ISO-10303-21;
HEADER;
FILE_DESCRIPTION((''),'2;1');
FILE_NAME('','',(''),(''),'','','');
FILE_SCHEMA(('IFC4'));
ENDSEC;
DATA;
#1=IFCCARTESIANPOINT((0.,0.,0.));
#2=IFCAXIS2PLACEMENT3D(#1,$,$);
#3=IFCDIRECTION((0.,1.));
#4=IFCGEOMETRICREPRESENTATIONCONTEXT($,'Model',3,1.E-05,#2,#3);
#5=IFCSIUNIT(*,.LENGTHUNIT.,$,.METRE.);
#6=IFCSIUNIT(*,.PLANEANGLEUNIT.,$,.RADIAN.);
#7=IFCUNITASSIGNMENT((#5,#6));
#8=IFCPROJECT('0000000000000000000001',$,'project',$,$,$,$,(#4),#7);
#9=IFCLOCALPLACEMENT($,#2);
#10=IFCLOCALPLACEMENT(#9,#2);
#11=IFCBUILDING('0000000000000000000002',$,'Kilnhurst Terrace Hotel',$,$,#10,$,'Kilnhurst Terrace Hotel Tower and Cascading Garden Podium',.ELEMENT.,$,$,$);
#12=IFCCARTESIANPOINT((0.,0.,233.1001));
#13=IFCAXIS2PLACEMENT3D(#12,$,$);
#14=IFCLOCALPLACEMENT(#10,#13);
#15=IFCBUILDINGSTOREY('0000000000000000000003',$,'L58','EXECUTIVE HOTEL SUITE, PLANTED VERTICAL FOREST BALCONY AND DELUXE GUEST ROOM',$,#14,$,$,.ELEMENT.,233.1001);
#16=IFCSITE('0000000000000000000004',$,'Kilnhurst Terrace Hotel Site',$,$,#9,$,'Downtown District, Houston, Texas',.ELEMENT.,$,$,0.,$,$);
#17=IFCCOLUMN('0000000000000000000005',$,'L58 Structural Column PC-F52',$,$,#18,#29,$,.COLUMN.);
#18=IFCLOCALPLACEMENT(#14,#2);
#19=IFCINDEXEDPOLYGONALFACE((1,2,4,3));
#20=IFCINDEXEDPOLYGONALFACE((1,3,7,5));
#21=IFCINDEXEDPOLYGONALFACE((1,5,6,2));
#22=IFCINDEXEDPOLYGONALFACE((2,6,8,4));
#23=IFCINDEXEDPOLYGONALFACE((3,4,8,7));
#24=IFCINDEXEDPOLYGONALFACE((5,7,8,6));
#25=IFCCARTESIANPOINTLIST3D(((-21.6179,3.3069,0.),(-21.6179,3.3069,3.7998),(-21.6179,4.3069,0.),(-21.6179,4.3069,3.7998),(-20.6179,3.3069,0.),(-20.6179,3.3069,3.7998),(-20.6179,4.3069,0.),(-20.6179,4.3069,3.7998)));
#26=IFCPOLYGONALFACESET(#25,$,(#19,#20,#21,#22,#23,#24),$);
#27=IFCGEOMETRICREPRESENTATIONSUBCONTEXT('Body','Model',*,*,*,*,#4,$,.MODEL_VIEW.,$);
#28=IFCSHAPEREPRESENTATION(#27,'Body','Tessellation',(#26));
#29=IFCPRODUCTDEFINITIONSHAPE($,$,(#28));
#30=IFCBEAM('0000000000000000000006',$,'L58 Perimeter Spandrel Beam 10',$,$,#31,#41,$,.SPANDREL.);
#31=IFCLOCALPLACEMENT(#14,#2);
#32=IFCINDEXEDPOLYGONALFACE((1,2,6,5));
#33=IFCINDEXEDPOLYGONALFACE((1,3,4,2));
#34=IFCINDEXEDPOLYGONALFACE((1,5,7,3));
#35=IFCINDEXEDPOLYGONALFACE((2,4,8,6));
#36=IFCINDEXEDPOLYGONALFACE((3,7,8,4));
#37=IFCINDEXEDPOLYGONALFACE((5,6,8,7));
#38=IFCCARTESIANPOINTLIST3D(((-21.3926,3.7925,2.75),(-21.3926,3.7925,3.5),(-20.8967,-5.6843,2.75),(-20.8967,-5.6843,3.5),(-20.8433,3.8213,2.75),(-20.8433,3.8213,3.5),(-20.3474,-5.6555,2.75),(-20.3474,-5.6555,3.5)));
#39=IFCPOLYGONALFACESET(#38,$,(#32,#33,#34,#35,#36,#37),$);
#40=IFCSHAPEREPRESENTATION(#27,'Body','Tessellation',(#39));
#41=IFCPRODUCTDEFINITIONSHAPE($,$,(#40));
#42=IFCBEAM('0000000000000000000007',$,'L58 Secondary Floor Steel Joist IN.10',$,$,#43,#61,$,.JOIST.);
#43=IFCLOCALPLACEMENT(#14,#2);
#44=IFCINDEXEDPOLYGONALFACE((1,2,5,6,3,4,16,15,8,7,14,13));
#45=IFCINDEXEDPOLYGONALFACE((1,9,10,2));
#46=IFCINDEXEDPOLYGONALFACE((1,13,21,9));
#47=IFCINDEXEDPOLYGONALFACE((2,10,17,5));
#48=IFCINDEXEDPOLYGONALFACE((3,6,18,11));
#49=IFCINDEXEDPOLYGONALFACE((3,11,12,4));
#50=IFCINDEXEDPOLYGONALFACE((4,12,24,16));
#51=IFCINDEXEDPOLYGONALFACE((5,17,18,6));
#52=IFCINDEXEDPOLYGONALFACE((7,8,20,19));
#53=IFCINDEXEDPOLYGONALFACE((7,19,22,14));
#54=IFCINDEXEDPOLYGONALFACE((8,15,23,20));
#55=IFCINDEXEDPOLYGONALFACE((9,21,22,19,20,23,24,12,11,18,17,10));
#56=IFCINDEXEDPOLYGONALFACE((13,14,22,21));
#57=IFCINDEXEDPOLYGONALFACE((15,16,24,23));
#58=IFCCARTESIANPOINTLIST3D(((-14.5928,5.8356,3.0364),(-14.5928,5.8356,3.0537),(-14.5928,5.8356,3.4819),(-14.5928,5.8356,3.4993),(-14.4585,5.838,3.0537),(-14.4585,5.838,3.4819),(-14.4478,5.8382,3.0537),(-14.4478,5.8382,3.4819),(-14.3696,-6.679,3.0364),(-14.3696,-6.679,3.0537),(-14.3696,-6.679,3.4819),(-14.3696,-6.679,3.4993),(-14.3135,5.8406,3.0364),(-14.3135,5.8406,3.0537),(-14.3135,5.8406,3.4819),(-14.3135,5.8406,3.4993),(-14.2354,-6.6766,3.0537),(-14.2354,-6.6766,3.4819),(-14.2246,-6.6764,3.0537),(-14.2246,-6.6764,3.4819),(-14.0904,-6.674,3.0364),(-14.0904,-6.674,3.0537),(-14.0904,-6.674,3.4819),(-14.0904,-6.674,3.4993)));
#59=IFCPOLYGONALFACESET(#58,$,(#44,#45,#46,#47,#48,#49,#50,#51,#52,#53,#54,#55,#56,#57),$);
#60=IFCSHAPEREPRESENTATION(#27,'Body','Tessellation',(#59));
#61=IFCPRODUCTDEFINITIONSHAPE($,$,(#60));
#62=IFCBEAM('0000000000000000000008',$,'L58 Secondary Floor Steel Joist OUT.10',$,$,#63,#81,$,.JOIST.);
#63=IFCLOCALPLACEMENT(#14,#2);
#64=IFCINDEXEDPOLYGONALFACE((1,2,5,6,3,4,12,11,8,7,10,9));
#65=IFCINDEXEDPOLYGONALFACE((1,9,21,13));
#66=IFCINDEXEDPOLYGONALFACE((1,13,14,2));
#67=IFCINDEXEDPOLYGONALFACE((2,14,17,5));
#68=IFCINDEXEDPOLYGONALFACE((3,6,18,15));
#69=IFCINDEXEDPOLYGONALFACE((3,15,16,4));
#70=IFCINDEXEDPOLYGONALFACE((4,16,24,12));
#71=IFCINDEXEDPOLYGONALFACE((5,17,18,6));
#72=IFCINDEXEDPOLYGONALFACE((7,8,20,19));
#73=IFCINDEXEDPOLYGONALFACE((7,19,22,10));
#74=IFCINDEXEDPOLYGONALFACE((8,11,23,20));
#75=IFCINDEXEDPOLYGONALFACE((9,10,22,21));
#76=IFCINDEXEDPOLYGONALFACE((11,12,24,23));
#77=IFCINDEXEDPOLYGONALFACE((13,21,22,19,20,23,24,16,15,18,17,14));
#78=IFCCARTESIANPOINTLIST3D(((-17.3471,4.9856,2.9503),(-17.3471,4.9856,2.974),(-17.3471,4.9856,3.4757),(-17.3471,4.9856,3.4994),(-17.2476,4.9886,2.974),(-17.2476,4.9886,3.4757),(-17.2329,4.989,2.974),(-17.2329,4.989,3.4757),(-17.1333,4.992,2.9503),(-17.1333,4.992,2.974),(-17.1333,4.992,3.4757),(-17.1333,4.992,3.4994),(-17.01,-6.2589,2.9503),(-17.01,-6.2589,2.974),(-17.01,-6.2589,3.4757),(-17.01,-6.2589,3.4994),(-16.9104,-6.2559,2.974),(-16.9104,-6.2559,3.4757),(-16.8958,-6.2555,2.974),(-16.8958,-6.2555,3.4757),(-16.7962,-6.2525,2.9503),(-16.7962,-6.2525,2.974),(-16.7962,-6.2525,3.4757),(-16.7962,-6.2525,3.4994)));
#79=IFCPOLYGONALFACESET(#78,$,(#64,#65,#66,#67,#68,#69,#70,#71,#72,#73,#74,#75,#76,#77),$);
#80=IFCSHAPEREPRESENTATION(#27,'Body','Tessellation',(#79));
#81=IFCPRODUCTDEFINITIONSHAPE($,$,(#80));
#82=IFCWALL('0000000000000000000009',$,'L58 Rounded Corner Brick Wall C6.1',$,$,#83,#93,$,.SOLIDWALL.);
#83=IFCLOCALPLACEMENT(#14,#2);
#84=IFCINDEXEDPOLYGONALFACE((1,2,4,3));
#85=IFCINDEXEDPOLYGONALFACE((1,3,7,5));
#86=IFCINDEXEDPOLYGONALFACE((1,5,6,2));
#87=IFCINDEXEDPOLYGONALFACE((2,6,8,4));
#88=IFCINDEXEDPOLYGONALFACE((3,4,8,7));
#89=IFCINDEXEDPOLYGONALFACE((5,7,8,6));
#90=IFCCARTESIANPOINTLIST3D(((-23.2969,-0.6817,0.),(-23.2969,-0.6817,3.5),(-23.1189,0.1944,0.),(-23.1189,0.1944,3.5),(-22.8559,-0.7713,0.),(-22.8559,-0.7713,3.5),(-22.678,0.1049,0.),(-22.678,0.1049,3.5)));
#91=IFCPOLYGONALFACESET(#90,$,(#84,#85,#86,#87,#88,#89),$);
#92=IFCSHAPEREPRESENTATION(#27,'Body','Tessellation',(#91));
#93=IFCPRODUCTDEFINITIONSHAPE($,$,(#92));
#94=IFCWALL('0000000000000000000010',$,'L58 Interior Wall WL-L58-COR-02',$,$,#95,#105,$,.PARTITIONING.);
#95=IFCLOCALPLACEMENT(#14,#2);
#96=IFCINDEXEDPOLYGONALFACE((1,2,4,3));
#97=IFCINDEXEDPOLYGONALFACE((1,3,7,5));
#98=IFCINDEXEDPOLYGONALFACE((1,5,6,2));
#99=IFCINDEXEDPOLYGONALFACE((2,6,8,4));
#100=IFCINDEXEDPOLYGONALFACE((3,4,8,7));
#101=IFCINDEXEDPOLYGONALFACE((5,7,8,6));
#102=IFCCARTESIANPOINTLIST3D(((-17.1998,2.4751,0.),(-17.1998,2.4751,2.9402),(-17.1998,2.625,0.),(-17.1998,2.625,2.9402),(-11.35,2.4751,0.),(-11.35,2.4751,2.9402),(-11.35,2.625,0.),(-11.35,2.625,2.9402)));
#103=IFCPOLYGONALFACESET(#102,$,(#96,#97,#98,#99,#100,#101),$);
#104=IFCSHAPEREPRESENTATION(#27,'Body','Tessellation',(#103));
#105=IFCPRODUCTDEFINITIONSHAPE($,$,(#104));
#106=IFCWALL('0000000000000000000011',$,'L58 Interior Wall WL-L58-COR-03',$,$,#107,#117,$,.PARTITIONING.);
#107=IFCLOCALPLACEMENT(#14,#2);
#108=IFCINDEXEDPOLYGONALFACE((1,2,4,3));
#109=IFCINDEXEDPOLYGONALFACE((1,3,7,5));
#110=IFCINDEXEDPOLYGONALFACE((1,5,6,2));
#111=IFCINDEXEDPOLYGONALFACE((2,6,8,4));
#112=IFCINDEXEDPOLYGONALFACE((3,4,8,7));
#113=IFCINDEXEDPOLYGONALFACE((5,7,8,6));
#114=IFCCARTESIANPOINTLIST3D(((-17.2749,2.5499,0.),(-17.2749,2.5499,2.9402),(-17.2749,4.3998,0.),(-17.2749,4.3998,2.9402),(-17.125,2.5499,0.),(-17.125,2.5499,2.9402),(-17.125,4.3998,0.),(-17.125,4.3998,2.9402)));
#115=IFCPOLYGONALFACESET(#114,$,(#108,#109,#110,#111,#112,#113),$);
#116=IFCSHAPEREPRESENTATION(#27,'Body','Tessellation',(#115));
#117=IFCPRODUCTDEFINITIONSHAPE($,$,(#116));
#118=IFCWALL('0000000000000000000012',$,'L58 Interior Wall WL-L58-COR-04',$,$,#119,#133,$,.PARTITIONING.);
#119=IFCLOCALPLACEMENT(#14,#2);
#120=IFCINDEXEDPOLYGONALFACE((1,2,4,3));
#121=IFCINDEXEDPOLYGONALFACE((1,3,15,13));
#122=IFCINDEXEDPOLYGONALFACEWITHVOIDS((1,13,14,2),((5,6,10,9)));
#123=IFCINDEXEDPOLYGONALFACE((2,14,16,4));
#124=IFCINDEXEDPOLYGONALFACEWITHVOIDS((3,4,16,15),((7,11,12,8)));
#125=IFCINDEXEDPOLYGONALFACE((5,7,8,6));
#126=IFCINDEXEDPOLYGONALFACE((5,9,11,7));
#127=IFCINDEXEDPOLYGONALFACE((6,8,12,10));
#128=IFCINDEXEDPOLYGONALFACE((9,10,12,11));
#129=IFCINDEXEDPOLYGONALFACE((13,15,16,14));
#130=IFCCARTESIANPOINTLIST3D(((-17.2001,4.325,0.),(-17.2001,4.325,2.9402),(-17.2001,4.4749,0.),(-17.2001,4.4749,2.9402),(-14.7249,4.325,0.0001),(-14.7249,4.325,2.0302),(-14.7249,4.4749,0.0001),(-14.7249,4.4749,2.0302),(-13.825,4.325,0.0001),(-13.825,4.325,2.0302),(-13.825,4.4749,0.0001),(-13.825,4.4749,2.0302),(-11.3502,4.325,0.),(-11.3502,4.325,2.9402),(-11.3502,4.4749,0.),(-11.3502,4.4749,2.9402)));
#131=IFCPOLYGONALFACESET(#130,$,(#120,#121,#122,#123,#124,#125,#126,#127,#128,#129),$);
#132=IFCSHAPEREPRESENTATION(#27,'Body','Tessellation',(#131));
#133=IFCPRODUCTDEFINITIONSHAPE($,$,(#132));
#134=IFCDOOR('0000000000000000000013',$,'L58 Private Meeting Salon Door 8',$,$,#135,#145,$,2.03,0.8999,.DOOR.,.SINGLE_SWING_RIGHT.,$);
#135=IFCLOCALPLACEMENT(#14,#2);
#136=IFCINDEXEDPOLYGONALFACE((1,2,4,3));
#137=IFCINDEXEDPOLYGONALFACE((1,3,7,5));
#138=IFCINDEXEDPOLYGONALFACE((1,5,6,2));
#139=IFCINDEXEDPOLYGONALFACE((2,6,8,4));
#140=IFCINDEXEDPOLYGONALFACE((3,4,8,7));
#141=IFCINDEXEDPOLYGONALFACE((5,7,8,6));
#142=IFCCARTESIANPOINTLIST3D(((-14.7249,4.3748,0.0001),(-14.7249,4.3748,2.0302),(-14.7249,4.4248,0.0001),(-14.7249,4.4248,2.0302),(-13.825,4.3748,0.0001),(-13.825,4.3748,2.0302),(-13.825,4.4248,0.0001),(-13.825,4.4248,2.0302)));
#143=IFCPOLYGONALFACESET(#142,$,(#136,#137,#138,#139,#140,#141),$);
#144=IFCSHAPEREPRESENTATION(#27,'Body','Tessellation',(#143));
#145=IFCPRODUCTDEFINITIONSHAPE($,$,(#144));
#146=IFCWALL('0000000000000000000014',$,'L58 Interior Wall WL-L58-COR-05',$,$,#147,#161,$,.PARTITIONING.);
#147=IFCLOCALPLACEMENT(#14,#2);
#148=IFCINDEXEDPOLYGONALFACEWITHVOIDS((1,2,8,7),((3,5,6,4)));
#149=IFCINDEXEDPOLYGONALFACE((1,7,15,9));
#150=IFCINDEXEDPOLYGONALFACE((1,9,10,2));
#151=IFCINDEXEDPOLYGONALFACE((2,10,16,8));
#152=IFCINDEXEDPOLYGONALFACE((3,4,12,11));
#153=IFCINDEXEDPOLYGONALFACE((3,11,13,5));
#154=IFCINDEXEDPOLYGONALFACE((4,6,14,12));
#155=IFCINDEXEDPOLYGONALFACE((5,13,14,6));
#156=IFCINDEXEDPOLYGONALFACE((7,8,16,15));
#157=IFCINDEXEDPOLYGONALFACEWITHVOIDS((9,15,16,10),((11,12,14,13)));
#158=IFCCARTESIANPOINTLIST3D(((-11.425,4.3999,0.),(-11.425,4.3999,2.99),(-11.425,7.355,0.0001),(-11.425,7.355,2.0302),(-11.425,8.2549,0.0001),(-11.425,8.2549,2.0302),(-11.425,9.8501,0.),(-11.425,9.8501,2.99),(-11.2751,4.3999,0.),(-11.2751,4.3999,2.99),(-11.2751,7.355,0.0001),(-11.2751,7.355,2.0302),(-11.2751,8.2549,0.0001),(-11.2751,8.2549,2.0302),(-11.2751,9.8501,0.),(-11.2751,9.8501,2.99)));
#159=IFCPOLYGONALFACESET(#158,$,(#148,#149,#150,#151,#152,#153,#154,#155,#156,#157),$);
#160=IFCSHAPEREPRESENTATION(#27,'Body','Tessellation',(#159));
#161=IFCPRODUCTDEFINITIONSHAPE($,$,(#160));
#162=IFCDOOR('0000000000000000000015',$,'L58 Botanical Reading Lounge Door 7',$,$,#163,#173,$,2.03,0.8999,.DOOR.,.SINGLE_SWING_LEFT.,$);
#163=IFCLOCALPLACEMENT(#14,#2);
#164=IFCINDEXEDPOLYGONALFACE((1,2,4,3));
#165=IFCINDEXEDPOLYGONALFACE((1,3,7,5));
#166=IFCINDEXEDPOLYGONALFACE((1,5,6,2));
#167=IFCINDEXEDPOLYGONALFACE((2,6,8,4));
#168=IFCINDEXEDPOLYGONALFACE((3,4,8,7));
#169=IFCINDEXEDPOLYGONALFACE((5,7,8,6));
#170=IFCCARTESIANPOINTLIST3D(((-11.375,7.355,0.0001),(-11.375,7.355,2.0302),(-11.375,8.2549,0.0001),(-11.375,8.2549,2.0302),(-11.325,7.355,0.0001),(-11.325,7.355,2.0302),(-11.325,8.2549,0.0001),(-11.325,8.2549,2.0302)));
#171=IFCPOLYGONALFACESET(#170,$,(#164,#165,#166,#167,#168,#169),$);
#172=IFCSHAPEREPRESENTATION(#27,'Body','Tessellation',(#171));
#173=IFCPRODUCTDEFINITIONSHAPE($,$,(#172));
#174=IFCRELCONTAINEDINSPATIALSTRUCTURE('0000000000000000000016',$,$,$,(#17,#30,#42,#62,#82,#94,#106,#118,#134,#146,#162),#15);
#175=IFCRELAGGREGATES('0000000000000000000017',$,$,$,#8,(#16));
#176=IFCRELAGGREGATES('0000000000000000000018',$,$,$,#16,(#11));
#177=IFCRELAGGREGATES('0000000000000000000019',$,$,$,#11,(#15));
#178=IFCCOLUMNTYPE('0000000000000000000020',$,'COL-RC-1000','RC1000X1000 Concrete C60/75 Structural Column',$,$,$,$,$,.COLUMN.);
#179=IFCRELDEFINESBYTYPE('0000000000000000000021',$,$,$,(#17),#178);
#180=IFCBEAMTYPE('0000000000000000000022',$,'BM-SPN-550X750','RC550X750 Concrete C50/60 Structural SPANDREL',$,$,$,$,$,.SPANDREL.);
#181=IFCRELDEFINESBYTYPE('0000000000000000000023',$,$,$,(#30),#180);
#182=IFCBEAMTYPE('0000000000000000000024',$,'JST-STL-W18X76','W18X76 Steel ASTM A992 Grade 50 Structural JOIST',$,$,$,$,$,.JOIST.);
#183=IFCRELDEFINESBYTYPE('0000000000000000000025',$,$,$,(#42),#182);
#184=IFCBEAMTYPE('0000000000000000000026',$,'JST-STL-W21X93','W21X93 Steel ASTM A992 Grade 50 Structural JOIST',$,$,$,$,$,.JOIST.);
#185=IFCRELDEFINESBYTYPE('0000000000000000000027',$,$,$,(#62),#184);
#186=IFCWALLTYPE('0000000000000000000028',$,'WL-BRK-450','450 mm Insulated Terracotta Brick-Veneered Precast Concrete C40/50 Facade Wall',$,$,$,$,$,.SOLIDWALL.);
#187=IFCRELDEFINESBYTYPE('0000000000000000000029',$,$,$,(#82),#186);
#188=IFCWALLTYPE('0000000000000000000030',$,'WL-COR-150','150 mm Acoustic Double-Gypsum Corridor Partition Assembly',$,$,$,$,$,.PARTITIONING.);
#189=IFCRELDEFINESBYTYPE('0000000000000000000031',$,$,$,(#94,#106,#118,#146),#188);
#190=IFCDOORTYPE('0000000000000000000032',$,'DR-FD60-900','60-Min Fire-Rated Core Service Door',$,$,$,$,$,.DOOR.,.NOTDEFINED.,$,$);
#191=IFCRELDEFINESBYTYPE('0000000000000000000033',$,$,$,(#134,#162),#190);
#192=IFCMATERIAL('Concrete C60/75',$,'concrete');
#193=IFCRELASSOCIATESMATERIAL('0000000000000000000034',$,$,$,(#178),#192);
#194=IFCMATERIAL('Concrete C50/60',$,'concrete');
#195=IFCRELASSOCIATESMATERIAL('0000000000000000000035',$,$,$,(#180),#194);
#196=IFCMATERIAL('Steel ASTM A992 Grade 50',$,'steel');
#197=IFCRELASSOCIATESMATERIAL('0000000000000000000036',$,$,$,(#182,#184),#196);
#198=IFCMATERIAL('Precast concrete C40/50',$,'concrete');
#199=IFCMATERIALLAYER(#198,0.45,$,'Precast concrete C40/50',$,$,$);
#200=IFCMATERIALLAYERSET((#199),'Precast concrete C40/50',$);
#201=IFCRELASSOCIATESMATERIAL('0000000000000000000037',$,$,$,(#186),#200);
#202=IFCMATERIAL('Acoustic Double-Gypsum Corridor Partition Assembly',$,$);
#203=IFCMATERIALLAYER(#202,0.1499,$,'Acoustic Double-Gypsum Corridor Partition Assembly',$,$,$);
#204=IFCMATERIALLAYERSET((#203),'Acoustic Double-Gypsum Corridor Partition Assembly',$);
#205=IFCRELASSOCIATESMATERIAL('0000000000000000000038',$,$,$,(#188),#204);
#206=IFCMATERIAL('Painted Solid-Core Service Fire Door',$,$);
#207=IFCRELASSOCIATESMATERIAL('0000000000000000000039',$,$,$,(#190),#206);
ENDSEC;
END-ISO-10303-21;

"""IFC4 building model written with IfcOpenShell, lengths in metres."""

from ifc_helpers import new_model, si_unit, direction, frame, frame_2d, origin, origin_2d, place, context, subcontext, project, spatial, rectangle, i_section, extrude, material, layer, layer_set, material_profile, profile_set, type_object, element, fill, save


model = new_model("IFC4")

# Units and contexts
model_context = context("Model", 3, precision=1e-05, world=origin(), true_north=direction((0.0, 1.0)))
body_context = subcontext(model_context, "Body", "Model", "MODEL_VIEW")
ifc_project = project(units=[si_unit("LENGTHUNIT", "METRE"), si_unit("PLANEANGLEUNIT", "RADIAN")], contexts=[model_context])

# Site, building, storey
site_placement = place(None, origin())
site = spatial("IfcSite", under=ifc_project, at=site_placement, Name="Kilnhurst Terrace Hotel Site", LongName="Downtown District, Houston, Texas", CompositionType="ELEMENT", RefElevation=0.0)
building_placement = place(site_placement, origin())
building = spatial("IfcBuilding", under=site, at=building_placement, Name="Kilnhurst Terrace Hotel", LongName="Kilnhurst Terrace Hotel Tower and Cascading Garden Podium", CompositionType="ELEMENT")
storey_placement = place(building_placement, frame((0.0, 0.0, 233.1001)))
storey = spatial("IfcBuildingStorey", under=building, at=storey_placement, Name="L58", Description="EXECUTIVE HOTEL SUITE, PLANTED VERTICAL FOREST BALCONY AND DELUXE GUEST ROOM", CompositionType="ELEMENT", Elevation=233.1001)

# Column
ifc_material_1 = material(Name="Concrete C60/75", Category="concrete")
ifc_material_profile_1 = material_profile(ifc_material_1, rectangle(XDim=1.0, YDim=1.0, at=origin_2d()), Name="RC1000X1000")
ifc_profile_set_1 = profile_set([ifc_material_profile_1], Name="Concrete C60/75")
column_type = type_object("IfcColumnType", Name="COL-RC-1000", Description="RC1000X1000 Concrete C60/75 Structural Column", PredefinedType="COLUMN", material=ifc_profile_set_1)
column_placement = place(storey_placement, frame((-21.1179, 3.8069, 0.0), z_axis=(0.0, 0.0, 1.0), x_axis=(1.0, 0.0, 0.0)))
element("IfcColumn", 1, at=column_placement, inside=storey, type_object=column_type, Name="L58 Structural Column PC-F52", PredefinedType="COLUMN", context=body_context, shape_type="SweptSolid", body=[
    extrude(rectangle(XDim=1.0, YDim=1.0, at=origin_2d()), origin(), (0.0, 0.0, 1.0), 3.7998),
])

# Beams
ifc_material_2 = material(Name="Concrete C50/60", Category="concrete")
ifc_material_profile_2 = material_profile(ifc_material_2, rectangle(XDim=0.55, YDim=0.75, at=origin_2d()), Name="RC550X750")
ifc_profile_set_2 = profile_set([ifc_material_profile_2], Name="Concrete C50/60")
beam_type_1 = type_object("IfcBeamType", Name="BM-SPN-550X750", Description="RC550X750 Concrete C50/60 Structural SPANDREL", PredefinedType="SPANDREL", material=ifc_profile_set_2)
beam_1_placement = place(storey_placement, frame((-21.1179, 3.8069, 3.125), z_axis=(0.052251, -0.998634, 0.0), x_axis=(0.998634, 0.052251, 0.0)))
element("IfcBeam", 2, at=beam_1_placement, inside=storey, type_object=beam_type_1, Name="L58 Perimeter Spandrel Beam 10", PredefinedType="SPANDREL", context=body_context, shape_type="SweptSolid", body=[
    extrude(rectangle(XDim=0.55, YDim=0.75, at=origin_2d()), origin(), (0.0, 0.0, 1.0), 9.4897),
])
ifc_material_3 = material(Name="Steel ASTM A992 Grade 50", Category="steel")
ifc_material_profile_3 = material_profile(ifc_material_3, i_section(OverallWidth=0.2793, OverallDepth=0.4629, WebThickness=0.0107, FlangeThickness=0.0173, at=origin_2d()), Name="W18X76")
ifc_profile_set_3 = profile_set([ifc_material_profile_3], Name="Steel ASTM A992 Grade 50")
beam_type_2 = type_object("IfcBeamType", Name="JST-STL-W18X76", Description="W18X76 Steel ASTM A992 Grade 50 Structural JOIST", PredefinedType="JOIST", material=ifc_profile_set_3)
beam_2_placement = place(storey_placement, frame((-14.4531, 5.8381, 3.2678), z_axis=(0.017828, -0.999841, 0.0), x_axis=(0.999841, 0.017828, 0.0)))
element("IfcBeam", 3, at=beam_2_placement, inside=storey, type_object=beam_type_2, Name="L58 Secondary Floor Steel Joist IN.10", PredefinedType="JOIST", context=body_context, shape_type="SweptSolid", body=[
    extrude(i_section(OverallWidth=0.2793, OverallDepth=0.4629, WebThickness=0.0107, FlangeThickness=0.0173, at=origin_2d()), origin(), (0.0, 0.0, 1.0), 12.5166),
])
ifc_material_profile_4 = material_profile(ifc_material_3, i_section(OverallWidth=0.2139, OverallDepth=0.5491, WebThickness=0.0146, FlangeThickness=0.0237, at=origin_2d()), Name="W21X93")
ifc_profile_set_4 = profile_set([ifc_material_profile_4], Name="Steel ASTM A992 Grade 50")
beam_type_3 = type_object("IfcBeamType", Name="JST-STL-W21X93", Description="W21X93 Steel ASTM A992 Grade 50 Structural JOIST", PredefinedType="JOIST", material=ifc_profile_set_4)
beam_3_placement = place(storey_placement, frame((-17.2402, 4.9888, 3.2249), z_axis=(0.029971, -0.999551, 0.0), x_axis=(0.999551, 0.029971, 0.0)))
element("IfcBeam", 4, at=beam_3_placement, inside=storey, type_object=beam_type_3, Name="L58 Secondary Floor Steel Joist OUT.10", PredefinedType="JOIST", context=body_context, shape_type="SweptSolid", body=[
    extrude(i_section(OverallWidth=0.2139, OverallDepth=0.5491, WebThickness=0.0146, FlangeThickness=0.0237, at=origin_2d()), origin(), (0.0, 0.0, 1.0), 11.2495),
])

# Walls
ifc_material_4 = material(Name="Precast concrete C40/50", Category="concrete")
ifc_layer_1 = layer(ifc_material_4, 0.45, Name="Precast concrete C40/50")
ifc_layer_set_1 = layer_set([ifc_layer_1], Name="Precast concrete C40/50")
wall_type_1 = type_object("IfcWallType", Name="WL-BRK-450", Description="450 mm Insulated Terracotta Brick-Veneered Precast Concrete C40/50 Facade Wall", PredefinedType="SOLIDWALL", material=ifc_layer_set_1)
wall_1_placement = place(storey_placement, frame((-22.8984, 0.1497, 0.0), z_axis=(0.0, 0.0, 1.0), x_axis=(-0.199056, -0.979988, 0.0)))
element("IfcWall", 5, at=wall_1_placement, inside=storey, type_object=wall_type_1, Name="L58 Rounded Corner Brick Wall C6.1", PredefinedType="SOLIDWALL", context=body_context, shape_type="SweptSolid", body=[
    extrude(rectangle(XDim=0.894, YDim=0.45, at=frame_2d((0.447, 0.0))), origin(), (0.0, 0.0, 1.0), 3.5),
])
ifc_material_5 = material(Name="Acoustic Double-Gypsum Corridor Partition Assembly")
ifc_layer_2 = layer(ifc_material_5, 0.1499, Name="Acoustic Double-Gypsum Corridor Partition Assembly")
ifc_layer_set_2 = layer_set([ifc_layer_2], Name="Acoustic Double-Gypsum Corridor Partition Assembly")
wall_type_2 = type_object("IfcWallType", Name="WL-COR-150", Description="150 mm Acoustic Double-Gypsum Corridor Partition Assembly", PredefinedType="PARTITIONING", material=ifc_layer_set_2)
wall_2_placement = place(storey_placement, frame((-11.3501, 2.55, 0.0), z_axis=(0.0, 0.0, 1.0), x_axis=(-1.0, 0.0, 0.0)))
element("IfcWall", 6, at=wall_2_placement, inside=storey, type_object=wall_type_2, Name="L58 Interior Wall WL-L58-COR-02", PredefinedType="PARTITIONING", context=body_context, shape_type="SweptSolid", body=[
    extrude(rectangle(XDim=5.8499, YDim=0.1499, at=frame_2d((2.9248, 0.0))), origin(), (0.0, 0.0, 1.0), 2.9402),
])
wall_3_placement = place(storey_placement, frame((-17.2, 2.55, 0.0), z_axis=(0.0, 0.0, 1.0), x_axis=(0.0, 1.0, 0.0)))
element("IfcWall", 7, at=wall_3_placement, inside=storey, type_object=wall_type_2, Name="L58 Interior Wall WL-L58-COR-03", PredefinedType="PARTITIONING", context=body_context, shape_type="SweptSolid", body=[
    extrude(rectangle(XDim=1.8499, YDim=0.1499, at=frame_2d((0.9248, 0.0))), origin(), (0.0, 0.0, 1.0), 2.9402),
])

# Walls, openings, doors
wall_4_placement = place(storey_placement, frame((-17.2, 4.3999, 0.0), z_axis=(0.0, 0.0, 1.0), x_axis=(1.0, 0.0, 0.0)))
wall_4 = element("IfcWall", 8, at=wall_4_placement, inside=storey, type_object=wall_type_2, Name="L58 Interior Wall WL-L58-COR-04", PredefinedType="PARTITIONING", context=body_context, shape_type="SweptSolid", body=[
    extrude(rectangle(XDim=5.8499, YDim=0.1499, at=frame_2d((2.9248, 0.0))), origin(), (0.0, 0.0, 1.0), 2.9402),
])
opening_1_placement = place(wall_4_placement, frame((2.4751, 0.0, 0.0)))
opening_1 = element("IfcOpeningElement", 9, at=opening_1_placement, cuts=wall_4, PredefinedType="OPENING", context=body_context, shape_type="SweptSolid", body=[
    extrude(rectangle(XDim=0.8999, YDim=2.03, at=frame_2d((0.45, 1.0151))), frame((0.0, 0.085, 0.0), z_axis=(0.0, -1.0, 0.0), x_axis=(1.0, 0.0, 0.0)), (0.0, 0.0, 1.0), 0.1699),
])
ifc_material_6 = material(Name="Painted Solid-Core Service Fire Door")
door_type = type_object("IfcDoorType", Name="DR-FD60-900", Description="60-Min Fire-Rated Core Service Door", OperationType="NOTDEFINED", PredefinedType="DOOR", material=ifc_material_6)
door_1_placement = place(opening_1_placement, origin())
door_1 = element("IfcDoor", 10, at=door_1_placement, inside=storey, type_object=door_type, Name="L58 Private Meeting Salon Door 8", OperationType="SINGLE_SWING_RIGHT", OverallHeight=2.03, OverallWidth=0.8999, PredefinedType="DOOR", context=body_context, shape_type="SweptSolid", body=[
    extrude(rectangle(XDim=0.8999, YDim=2.03, at=frame_2d((0.45, 1.0151))), frame((0.0, 0.0249, 0.0), z_axis=(0.0, -1.0, 0.0), x_axis=(1.0, 0.0, 0.0)), (0.0, 0.0, 1.0), 0.05),
])
fill(opening_1, door_1)
wall_5_placement = place(storey_placement, frame((-11.3501, 4.3999, 0.0), z_axis=(0.0, 0.0, 1.0), x_axis=(0.0, 1.0, 0.0)))
wall_5 = element("IfcWall", 11, at=wall_5_placement, inside=storey, type_object=wall_type_2, Name="L58 Interior Wall WL-L58-COR-05", PredefinedType="PARTITIONING", context=body_context, shape_type="SweptSolid", body=[
    extrude(rectangle(XDim=5.4502, YDim=0.1499, at=frame_2d((2.7251, 0.0))), origin(), (0.0, 0.0, 1.0), 2.99),
])
opening_2_placement = place(wall_5_placement, frame((2.9551, 0.0, 0.0)))
opening_2 = element("IfcOpeningElement", 12, at=opening_2_placement, cuts=wall_5, PredefinedType="OPENING", context=body_context, shape_type="SweptSolid", body=[
    extrude(rectangle(XDim=0.8999, YDim=2.03, at=frame_2d((0.45, 1.0151))), frame((0.0, 0.085, 0.0), z_axis=(0.0, -1.0, 0.0), x_axis=(1.0, 0.0, 0.0)), (0.0, 0.0, 1.0), 0.1699),
])
door_2_placement = place(opening_2_placement, origin())
door_2 = element("IfcDoor", 13, at=door_2_placement, inside=storey, type_object=door_type, Name="L58 Botanical Reading Lounge Door 7", OperationType="SINGLE_SWING_LEFT", OverallHeight=2.03, OverallWidth=0.8999, PredefinedType="DOOR", context=body_context, shape_type="SweptSolid", body=[
    extrude(rectangle(XDim=0.8999, YDim=2.03, at=frame_2d((0.45, 1.0151))), frame((0.0, 0.0249, 0.0), z_axis=(0.0, -1.0, 0.0), x_axis=(1.0, 0.0, 0.0)), (0.0, 0.0, 1.0), 0.05),
])
fill(opening_2, door_2)

save(model, "model.ifc")
